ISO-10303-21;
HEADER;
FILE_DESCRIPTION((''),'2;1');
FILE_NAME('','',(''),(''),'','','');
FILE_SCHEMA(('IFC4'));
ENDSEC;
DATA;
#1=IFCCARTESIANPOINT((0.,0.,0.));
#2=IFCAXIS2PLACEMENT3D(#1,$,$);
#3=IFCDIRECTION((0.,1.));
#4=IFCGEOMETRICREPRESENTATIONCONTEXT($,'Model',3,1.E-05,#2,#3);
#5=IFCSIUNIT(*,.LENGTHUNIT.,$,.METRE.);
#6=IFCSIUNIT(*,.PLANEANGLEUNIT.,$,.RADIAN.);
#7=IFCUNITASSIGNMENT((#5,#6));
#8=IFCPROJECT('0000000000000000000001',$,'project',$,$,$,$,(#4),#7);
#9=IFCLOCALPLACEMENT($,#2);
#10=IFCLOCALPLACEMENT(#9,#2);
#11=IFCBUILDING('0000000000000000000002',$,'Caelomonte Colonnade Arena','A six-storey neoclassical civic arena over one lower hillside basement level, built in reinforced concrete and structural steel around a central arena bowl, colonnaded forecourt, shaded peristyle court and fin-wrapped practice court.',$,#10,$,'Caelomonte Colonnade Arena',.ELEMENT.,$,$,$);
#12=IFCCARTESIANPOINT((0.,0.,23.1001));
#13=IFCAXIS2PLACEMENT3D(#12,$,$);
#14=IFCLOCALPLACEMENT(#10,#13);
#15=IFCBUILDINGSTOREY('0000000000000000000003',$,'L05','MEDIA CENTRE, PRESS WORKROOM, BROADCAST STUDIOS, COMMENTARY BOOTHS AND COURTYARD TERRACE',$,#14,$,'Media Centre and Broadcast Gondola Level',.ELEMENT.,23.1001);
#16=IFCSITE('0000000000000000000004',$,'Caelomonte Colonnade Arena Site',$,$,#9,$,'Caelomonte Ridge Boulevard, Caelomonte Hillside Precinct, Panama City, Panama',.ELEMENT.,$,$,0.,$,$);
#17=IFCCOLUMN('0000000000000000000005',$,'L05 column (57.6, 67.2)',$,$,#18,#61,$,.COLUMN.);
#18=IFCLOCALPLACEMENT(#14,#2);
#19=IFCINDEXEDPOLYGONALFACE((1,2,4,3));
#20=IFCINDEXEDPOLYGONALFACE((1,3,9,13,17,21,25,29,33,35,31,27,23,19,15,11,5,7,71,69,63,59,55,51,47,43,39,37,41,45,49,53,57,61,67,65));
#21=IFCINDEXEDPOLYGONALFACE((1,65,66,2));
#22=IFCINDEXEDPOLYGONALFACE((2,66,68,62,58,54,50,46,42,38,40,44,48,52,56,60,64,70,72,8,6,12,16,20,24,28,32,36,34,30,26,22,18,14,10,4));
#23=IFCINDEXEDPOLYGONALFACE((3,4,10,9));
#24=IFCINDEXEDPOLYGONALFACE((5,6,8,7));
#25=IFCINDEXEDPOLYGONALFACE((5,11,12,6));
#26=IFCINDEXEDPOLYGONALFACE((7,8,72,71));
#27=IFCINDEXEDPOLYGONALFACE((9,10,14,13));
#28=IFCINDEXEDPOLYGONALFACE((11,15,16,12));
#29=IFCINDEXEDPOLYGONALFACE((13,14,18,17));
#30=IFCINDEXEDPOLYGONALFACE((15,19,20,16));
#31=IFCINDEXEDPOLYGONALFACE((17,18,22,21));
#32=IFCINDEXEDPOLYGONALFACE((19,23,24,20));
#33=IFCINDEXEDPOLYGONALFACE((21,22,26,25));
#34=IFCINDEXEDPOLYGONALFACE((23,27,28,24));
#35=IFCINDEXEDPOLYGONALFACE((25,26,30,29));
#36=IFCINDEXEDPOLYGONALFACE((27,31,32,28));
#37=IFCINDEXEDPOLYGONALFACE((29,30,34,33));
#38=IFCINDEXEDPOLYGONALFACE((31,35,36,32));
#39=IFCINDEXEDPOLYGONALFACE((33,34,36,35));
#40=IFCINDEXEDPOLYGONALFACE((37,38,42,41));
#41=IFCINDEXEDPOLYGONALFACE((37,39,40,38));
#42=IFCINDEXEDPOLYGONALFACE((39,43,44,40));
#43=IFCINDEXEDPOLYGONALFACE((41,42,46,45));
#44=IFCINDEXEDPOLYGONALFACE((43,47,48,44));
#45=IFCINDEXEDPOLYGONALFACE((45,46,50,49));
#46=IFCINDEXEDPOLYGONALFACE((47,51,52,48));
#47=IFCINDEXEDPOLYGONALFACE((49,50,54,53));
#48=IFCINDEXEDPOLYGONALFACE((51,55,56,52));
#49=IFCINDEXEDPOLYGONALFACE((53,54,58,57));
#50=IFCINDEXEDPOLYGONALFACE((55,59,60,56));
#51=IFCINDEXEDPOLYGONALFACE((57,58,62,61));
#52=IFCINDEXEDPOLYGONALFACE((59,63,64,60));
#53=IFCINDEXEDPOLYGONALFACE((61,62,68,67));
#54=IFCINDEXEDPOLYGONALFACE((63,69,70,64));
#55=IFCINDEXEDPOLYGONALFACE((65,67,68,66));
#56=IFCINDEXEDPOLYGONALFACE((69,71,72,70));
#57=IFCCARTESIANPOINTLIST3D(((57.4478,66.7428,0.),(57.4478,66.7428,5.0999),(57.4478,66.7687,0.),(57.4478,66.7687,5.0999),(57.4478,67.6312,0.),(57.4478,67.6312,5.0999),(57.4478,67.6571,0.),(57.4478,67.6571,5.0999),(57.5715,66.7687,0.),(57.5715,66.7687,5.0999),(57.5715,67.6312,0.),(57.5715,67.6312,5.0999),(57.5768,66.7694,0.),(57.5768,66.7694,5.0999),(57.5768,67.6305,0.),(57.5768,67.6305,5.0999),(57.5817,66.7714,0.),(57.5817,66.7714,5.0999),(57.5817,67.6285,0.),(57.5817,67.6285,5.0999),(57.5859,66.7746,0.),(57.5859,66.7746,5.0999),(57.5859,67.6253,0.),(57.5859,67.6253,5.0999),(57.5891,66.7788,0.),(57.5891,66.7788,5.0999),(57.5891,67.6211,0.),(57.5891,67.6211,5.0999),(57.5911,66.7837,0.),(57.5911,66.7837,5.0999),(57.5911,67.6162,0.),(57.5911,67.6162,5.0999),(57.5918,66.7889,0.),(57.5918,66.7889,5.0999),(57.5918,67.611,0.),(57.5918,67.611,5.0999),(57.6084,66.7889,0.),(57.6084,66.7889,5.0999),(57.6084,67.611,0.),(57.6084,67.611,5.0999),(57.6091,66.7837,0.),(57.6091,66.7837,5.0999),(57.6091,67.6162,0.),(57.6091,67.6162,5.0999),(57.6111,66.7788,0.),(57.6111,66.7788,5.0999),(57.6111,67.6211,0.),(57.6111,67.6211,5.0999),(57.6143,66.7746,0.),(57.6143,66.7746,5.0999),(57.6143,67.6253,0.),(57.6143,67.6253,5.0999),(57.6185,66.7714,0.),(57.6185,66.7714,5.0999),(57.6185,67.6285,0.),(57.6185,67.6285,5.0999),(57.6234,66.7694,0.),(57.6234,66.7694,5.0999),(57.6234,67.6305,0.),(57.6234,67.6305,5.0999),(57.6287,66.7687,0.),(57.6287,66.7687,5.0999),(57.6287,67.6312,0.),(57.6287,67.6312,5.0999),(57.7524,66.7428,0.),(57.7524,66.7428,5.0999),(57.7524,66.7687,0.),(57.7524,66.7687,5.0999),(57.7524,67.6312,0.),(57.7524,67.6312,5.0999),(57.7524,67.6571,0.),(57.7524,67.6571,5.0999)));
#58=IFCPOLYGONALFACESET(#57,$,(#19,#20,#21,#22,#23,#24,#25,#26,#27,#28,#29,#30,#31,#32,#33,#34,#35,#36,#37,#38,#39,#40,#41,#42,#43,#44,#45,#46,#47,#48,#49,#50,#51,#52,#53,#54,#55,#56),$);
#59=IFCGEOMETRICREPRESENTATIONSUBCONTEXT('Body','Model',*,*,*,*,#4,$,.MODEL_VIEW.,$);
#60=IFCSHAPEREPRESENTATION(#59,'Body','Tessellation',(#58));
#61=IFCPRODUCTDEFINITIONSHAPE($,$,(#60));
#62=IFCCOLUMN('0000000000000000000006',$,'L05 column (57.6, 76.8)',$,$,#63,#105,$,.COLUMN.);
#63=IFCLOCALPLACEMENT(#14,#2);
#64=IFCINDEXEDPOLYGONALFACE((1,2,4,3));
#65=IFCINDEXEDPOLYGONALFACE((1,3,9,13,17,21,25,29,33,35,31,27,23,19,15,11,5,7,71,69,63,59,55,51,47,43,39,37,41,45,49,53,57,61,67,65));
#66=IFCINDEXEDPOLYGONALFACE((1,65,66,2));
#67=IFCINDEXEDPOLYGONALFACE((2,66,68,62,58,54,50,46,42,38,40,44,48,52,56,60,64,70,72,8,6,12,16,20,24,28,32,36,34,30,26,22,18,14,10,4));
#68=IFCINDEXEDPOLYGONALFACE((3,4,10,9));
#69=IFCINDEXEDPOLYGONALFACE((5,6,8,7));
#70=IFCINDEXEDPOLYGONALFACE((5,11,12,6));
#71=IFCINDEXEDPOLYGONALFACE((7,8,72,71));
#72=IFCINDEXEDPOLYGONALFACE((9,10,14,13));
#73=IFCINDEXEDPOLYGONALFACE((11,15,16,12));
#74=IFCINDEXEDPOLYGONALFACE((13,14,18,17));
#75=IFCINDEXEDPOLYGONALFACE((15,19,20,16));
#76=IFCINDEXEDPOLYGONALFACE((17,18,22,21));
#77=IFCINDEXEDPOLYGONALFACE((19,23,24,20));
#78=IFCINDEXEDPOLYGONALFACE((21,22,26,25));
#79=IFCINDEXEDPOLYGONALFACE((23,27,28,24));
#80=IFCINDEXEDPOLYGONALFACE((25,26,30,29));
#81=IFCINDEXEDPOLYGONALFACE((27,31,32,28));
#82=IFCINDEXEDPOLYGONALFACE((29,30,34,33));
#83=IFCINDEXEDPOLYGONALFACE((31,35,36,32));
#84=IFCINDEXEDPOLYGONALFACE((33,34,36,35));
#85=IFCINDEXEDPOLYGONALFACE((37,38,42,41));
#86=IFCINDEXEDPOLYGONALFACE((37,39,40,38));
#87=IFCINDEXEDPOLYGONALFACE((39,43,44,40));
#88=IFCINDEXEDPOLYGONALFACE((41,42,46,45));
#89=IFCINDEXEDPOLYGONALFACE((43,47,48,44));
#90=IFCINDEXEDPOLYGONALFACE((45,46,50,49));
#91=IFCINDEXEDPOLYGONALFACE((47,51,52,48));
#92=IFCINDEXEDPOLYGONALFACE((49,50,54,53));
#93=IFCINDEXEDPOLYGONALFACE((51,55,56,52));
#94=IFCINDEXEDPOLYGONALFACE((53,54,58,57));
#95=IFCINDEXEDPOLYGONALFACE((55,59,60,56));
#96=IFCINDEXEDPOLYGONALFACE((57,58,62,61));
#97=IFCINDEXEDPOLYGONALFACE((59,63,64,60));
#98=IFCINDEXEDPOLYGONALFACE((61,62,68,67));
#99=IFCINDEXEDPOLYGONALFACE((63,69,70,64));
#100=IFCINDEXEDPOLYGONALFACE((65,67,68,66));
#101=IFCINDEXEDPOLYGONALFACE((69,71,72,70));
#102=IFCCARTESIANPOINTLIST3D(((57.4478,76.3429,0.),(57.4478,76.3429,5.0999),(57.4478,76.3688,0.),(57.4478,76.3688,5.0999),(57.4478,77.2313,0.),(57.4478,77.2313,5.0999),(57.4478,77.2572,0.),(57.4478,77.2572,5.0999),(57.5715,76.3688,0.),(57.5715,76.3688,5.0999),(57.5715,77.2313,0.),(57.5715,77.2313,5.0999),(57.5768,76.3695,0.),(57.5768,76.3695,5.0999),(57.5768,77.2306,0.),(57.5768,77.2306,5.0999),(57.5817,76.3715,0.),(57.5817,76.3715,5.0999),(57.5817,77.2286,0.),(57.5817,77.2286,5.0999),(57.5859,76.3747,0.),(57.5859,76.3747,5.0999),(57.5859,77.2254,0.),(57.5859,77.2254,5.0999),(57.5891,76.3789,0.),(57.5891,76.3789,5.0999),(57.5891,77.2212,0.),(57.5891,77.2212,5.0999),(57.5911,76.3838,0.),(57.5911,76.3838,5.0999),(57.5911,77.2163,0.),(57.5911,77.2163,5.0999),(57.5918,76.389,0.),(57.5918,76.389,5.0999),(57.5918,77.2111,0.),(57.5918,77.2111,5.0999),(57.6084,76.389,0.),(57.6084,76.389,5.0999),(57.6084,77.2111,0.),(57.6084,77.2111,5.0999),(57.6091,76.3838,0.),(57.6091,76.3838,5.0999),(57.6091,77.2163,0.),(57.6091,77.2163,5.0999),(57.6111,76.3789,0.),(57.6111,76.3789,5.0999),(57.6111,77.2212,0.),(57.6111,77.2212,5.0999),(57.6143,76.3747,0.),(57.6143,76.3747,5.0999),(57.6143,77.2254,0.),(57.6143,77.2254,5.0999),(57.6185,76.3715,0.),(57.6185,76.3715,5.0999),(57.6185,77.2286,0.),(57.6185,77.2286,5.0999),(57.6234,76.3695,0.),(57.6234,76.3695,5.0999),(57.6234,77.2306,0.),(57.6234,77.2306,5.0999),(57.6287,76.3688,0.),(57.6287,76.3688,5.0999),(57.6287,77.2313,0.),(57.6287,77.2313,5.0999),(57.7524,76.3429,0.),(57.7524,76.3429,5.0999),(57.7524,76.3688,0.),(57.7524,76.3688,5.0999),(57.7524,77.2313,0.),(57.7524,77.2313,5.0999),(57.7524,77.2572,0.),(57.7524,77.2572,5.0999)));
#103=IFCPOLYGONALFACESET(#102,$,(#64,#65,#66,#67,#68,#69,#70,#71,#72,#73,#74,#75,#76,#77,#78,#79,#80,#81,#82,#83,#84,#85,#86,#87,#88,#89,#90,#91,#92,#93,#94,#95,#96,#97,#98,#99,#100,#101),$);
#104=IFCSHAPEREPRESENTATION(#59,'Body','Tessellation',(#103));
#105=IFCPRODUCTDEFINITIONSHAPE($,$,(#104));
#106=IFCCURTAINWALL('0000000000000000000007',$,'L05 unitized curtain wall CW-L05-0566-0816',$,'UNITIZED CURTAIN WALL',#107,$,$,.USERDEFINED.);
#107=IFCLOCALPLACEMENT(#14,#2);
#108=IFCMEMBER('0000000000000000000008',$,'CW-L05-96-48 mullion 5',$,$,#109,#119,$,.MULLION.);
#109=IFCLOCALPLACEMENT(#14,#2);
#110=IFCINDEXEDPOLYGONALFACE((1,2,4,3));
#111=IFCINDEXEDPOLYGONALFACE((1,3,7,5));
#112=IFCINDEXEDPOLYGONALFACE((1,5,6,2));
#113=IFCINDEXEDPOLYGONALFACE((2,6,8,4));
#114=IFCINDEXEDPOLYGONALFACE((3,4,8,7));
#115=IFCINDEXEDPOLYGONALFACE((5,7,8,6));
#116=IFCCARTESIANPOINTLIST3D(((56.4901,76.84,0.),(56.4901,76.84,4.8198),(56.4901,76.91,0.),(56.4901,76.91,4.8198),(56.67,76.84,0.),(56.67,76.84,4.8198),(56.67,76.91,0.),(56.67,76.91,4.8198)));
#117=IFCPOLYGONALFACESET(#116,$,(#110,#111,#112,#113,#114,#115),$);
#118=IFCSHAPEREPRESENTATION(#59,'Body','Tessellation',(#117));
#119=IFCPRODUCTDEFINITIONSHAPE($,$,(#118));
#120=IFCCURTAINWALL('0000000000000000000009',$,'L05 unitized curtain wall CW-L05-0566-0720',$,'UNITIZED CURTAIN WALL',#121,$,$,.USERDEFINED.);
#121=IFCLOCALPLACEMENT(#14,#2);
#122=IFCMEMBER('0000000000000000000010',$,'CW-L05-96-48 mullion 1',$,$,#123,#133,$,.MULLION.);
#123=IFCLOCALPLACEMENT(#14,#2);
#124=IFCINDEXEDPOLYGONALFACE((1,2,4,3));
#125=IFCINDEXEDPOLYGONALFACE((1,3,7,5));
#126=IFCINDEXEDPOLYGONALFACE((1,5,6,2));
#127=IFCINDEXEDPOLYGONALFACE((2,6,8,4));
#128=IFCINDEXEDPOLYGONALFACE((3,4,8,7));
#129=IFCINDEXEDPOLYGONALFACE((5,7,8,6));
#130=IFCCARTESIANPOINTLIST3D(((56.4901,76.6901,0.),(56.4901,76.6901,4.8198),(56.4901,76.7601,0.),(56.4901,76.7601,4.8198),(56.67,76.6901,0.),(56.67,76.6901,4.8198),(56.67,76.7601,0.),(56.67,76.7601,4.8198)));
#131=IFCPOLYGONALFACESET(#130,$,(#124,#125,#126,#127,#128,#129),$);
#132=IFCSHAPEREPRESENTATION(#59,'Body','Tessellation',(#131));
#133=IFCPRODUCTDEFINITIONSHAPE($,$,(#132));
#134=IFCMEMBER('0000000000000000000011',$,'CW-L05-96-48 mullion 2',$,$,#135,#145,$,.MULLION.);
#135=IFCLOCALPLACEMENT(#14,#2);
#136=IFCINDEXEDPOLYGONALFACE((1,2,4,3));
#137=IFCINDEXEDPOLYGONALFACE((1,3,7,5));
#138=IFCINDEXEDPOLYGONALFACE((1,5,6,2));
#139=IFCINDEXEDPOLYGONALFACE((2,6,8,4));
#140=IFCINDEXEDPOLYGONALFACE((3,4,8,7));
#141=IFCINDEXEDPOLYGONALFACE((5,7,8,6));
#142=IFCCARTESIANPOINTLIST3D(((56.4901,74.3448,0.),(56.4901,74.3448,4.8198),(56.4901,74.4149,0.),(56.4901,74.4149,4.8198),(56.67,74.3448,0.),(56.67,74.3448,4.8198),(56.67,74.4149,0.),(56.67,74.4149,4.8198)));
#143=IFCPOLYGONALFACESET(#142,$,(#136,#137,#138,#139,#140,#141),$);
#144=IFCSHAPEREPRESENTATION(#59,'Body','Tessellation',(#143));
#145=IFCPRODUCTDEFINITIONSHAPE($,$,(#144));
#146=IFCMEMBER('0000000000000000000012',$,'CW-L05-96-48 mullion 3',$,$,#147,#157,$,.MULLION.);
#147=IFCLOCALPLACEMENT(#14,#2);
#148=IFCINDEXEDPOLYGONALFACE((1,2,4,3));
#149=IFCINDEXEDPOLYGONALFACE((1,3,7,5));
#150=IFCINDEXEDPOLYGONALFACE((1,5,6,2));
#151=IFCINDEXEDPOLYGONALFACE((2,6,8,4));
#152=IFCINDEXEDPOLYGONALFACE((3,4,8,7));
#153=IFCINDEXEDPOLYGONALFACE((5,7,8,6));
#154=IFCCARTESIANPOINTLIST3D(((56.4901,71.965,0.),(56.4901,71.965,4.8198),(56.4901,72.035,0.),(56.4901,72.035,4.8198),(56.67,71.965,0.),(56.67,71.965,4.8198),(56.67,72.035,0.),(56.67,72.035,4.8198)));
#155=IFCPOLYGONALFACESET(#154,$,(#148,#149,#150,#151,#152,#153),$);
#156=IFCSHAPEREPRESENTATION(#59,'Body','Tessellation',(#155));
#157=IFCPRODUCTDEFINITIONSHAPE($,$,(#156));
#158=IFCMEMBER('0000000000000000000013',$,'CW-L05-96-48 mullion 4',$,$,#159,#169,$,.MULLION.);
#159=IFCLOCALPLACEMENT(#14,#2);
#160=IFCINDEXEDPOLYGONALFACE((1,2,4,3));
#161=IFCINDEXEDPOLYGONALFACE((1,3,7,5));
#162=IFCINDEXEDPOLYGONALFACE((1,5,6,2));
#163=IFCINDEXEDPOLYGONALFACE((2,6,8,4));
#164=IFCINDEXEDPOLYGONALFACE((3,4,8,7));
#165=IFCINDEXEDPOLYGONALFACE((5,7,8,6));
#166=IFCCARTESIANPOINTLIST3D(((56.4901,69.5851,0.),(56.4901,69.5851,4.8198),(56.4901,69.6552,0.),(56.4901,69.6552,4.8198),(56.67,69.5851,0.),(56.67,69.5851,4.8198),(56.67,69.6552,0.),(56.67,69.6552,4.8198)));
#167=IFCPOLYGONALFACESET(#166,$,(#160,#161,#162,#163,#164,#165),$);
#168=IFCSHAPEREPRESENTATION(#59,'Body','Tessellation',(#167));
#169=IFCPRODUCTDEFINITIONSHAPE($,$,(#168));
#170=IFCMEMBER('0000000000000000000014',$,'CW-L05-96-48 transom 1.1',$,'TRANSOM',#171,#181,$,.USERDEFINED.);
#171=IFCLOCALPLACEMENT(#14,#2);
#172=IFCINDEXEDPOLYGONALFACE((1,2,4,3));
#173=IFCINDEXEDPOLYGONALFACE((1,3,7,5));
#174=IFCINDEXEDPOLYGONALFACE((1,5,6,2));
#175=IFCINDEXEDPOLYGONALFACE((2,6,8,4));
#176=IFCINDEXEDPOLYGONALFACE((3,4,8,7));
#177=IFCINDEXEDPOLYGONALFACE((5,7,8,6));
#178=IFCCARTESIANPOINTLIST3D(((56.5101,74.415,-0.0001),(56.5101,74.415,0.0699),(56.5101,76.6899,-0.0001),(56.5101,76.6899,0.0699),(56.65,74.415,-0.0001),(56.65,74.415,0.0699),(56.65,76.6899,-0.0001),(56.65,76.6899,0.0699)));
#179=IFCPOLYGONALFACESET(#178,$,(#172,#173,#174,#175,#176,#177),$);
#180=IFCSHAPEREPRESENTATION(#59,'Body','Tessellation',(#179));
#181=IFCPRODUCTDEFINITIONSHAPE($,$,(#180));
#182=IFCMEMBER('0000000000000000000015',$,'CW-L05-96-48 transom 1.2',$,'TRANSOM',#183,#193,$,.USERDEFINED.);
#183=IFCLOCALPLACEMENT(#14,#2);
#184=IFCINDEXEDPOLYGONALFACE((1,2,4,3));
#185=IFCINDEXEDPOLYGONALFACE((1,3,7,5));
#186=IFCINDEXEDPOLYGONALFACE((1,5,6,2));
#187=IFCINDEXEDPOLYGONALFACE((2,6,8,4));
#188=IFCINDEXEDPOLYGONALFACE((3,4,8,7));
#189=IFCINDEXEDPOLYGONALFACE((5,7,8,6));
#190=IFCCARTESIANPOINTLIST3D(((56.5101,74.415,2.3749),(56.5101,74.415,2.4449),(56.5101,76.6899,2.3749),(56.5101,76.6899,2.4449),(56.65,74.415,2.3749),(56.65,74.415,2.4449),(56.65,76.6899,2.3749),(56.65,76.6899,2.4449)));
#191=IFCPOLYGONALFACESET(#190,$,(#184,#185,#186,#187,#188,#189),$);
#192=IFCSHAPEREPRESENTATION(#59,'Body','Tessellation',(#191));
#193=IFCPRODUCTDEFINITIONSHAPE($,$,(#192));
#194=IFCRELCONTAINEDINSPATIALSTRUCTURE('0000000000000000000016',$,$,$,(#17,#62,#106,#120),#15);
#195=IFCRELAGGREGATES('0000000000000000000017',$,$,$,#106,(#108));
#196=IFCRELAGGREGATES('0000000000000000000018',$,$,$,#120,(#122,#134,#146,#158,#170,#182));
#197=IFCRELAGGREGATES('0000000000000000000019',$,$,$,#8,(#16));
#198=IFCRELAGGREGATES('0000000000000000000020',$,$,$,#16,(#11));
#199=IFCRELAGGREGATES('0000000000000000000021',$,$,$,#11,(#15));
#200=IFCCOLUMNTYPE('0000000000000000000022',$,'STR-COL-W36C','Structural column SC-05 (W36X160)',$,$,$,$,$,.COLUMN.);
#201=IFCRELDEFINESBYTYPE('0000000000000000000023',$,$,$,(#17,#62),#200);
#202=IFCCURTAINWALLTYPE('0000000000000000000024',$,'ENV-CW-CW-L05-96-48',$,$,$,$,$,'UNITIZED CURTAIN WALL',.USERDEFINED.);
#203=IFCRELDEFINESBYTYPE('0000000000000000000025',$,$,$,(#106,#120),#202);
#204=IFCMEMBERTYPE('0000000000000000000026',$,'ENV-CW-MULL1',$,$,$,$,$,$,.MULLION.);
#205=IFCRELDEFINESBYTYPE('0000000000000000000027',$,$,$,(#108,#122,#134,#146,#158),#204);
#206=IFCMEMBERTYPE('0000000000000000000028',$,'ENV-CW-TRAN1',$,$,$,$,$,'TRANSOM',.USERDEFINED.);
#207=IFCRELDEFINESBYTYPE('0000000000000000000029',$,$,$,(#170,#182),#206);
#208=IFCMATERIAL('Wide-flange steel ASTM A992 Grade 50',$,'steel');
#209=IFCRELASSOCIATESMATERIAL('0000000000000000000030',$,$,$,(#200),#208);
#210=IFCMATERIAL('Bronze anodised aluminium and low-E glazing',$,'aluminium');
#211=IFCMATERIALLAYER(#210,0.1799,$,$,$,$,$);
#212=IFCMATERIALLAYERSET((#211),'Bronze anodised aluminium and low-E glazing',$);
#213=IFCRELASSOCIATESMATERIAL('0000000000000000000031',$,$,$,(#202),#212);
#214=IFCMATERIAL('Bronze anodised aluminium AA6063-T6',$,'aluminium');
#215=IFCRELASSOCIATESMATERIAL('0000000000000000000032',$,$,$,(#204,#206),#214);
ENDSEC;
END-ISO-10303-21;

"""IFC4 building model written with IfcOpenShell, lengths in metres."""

from ifc_helpers import new_model, si_unit, direction, frame, origin, origin_2d, place, context, subcontext, project, spatial, rectangle, i_section, extrude, material, layer, layer_set, material_profile, profile_set, type_object, element, aggregate, save


model = new_model("IFC4")

# Units and contexts
model_context = context("Model", 3, precision=1e-05, world=origin(), true_north=direction((0.0, 1.0)))
body_context = subcontext(model_context, "Body", "Model", "MODEL_VIEW")
ifc_project = project(units=[si_unit("LENGTHUNIT", "METRE"), si_unit("PLANEANGLEUNIT", "RADIAN")], contexts=[model_context])

# Site, building, storey
site_placement = place(None, origin())
site = spatial("IfcSite", under=ifc_project, at=site_placement, Name="Caelomonte Colonnade Arena Site", LongName="Caelomonte Ridge Boulevard, Caelomonte Hillside Precinct, Panama City, Panama", CompositionType="ELEMENT", RefElevation=0.0)
building_placement = place(site_placement, origin())
building = spatial("IfcBuilding", under=site, at=building_placement, Name="Caelomonte Colonnade Arena", Description="A six-storey neoclassical civic arena over one lower hillside basement level, built in reinforced concrete and structural steel around a central arena bowl, colonnaded forecourt, shaded peristyle court and fin-wrapped practice court.", LongName="Caelomonte Colonnade Arena", CompositionType="ELEMENT")
storey_placement = place(building_placement, frame((0.0, 0.0, 23.1001)))
storey = spatial("IfcBuildingStorey", under=building, at=storey_placement, Name="L05", Description="MEDIA CENTRE, PRESS WORKROOM, BROADCAST STUDIOS, COMMENTARY BOOTHS AND COURTYARD TERRACE", LongName="Media Centre and Broadcast Gondola Level", CompositionType="ELEMENT", Elevation=23.1001)

# Columns
ifc_material_1 = material(Name="Wide-flange steel ASTM A992 Grade 50", Category="steel")
ifc_material_profile_1 = material_profile(ifc_material_1, i_section(OverallWidth=0.3047, OverallDepth=0.9143, WebThickness=0.0166, FlangeThickness=0.0259, FilletRadius=0.0203, at=origin_2d()), Name="W36X160")
ifc_profile_set_1 = profile_set([ifc_material_profile_1], Name="Wide-flange steel ASTM A992 Grade 50")
column_type = type_object("IfcColumnType", Name="STR-COL-W36C", Description="Structural column SC-05 (W36X160)", PredefinedType="COLUMN", material=ifc_profile_set_1)
for number, where, z_axis, x_axis, name in (
    (1, (57.6001, 67.2, 0.0), (0.0, 0.0, 1.0), (1.0, 0.0, 0.0), "L05 column (57.6, 67.2)"),
    (2, (57.6001, 76.8, 0.0), (0.0, 0.0, 1.0), (1.0, 0.0, 0.0), "L05 column (57.6, 76.8)"),
):
    element("IfcColumn", number, at=place(storey_placement, frame(where, z_axis=z_axis, x_axis=x_axis)), inside=storey, type_object=column_type, Name=name, PredefinedType="COLUMN", context=body_context, shape_type="SweptSolid", body=[
        extrude(i_section(OverallWidth=0.3047, OverallDepth=0.9143, WebThickness=0.0166, FlangeThickness=0.0259, FilletRadius=0.0203, at=origin_2d()), origin(), (0.0, 0.0, 1.0), 5.0999),
    ])

# Curtain wall, member
ifc_material_2 = material(Name="Bronze anodised aluminium and low-E glazing", Category="aluminium")
ifc_layer_1 = layer(ifc_material_2, 0.1799)
ifc_layer_set_1 = layer_set([ifc_layer_1], Name="Bronze anodised aluminium and low-E glazing")
curtain_wall_type = type_object("IfcCurtainWallType", Name="ENV-CW-CW-L05-96-48", ElementType="UNITIZED CURTAIN WALL", PredefinedType="USERDEFINED", material=ifc_layer_set_1)
curtain_wall_1_placement = place(storey_placement, origin())
curtain_wall_1 = element("IfcCurtainWall", 3, at=curtain_wall_1_placement, inside=storey, type_object=curtain_wall_type, Name="L05 unitized curtain wall CW-L05-0566-0816", ObjectType="UNITIZED CURTAIN WALL", PredefinedType="USERDEFINED")
ifc_material_3 = material(Name="Bronze anodised aluminium AA6063-T6", Category="aluminium")
ifc_material_profile_2 = material_profile(ifc_material_3, rectangle(XDim=0.0701, YDim=0.1799, at=origin_2d()), Name="CWM-70X180")
ifc_profile_set_2 = profile_set([ifc_material_profile_2], Name="Bronze anodised aluminium AA6063-T6")
member_type_1 = type_object("IfcMemberType", Name="ENV-CW-MULL1", PredefinedType="MULLION", material=ifc_profile_set_2)
member_1_placement = place(storey_placement, frame((56.5801, 76.875, 0.0), z_axis=(0.0, 0.0, 1.0), x_axis=(0.0, -1.0, 0.0)))
member_1 = element("IfcMember", 4, at=member_1_placement, type_object=member_type_1, Name="CW-L05-96-48 mullion 5", PredefinedType="MULLION", context=body_context, shape_type="SweptSolid", body=[
    extrude(rectangle(XDim=0.0701, YDim=0.1799, at=origin_2d()), origin(), (0.0, 0.0, 1.0), 4.8198),
])
aggregate(curtain_wall_1, [member_1])

# Curtain wall, members
curtain_wall_2_placement = place(storey_placement, origin())
curtain_wall_2 = element("IfcCurtainWall", 5, at=curtain_wall_2_placement, inside=storey, type_object=curtain_wall_type, Name="L05 unitized curtain wall CW-L05-0566-0720", ObjectType="UNITIZED CURTAIN WALL", PredefinedType="USERDEFINED")
member_2_placement = place(storey_placement, frame((56.5801, 76.7251, 0.0), z_axis=(0.0, 0.0, 1.0), x_axis=(0.0, -1.0, 0.0)))
member_2 = element("IfcMember", 6, at=member_2_placement, type_object=member_type_1, Name="CW-L05-96-48 mullion 1", PredefinedType="MULLION", context=body_context, shape_type="SweptSolid", body=[
    extrude(rectangle(XDim=0.0701, YDim=0.1799, at=origin_2d()), origin(), (0.0, 0.0, 1.0), 4.8198),
])
member_3_placement = place(storey_placement, frame((56.5801, 74.3799, 0.0), z_axis=(0.0, 0.0, 1.0), x_axis=(0.0, -1.0, 0.0)))
member_3 = element("IfcMember", 7, at=member_3_placement, type_object=member_type_1, Name="CW-L05-96-48 mullion 2", PredefinedType="MULLION", context=body_context, shape_type="SweptSolid", body=[
    extrude(rectangle(XDim=0.0701, YDim=0.1799, at=origin_2d()), origin(), (0.0, 0.0, 1.0), 4.8198),
])
member_4_placement = place(storey_placement, frame((56.5801, 72.0, 0.0), z_axis=(0.0, 0.0, 1.0), x_axis=(0.0, -1.0, 0.0)))
member_4 = element("IfcMember", 8, at=member_4_placement, type_object=member_type_1, Name="CW-L05-96-48 mullion 3", PredefinedType="MULLION", context=body_context, shape_type="SweptSolid", body=[
    extrude(rectangle(XDim=0.0701, YDim=0.1799, at=origin_2d()), origin(), (0.0, 0.0, 1.0), 4.8198),
])
member_5_placement = place(storey_placement, frame((56.5801, 69.6201, 0.0), z_axis=(0.0, 0.0, 1.0), x_axis=(0.0, -1.0, 0.0)))
member_5 = element("IfcMember", 9, at=member_5_placement, type_object=member_type_1, Name="CW-L05-96-48 mullion 4", PredefinedType="MULLION", context=body_context, shape_type="SweptSolid", body=[
    extrude(rectangle(XDim=0.0701, YDim=0.1799, at=origin_2d()), origin(), (0.0, 0.0, 1.0), 4.8198),
])
ifc_material_profile_3 = material_profile(ifc_material_3, rectangle(XDim=0.0701, YDim=0.1399, at=origin_2d()), Name="CWT-70X140")
ifc_profile_set_3 = profile_set([ifc_material_profile_3], Name="Bronze anodised aluminium AA6063-T6")
member_type_2 = type_object("IfcMemberType", Name="ENV-CW-TRAN1", ElementType="TRANSOM", PredefinedType="USERDEFINED", material=ifc_profile_set_3)
member_6_placement = place(storey_placement, frame((56.5801, 76.6899, 0.0349), z_axis=(0.0, -1.0, 0.0), x_axis=(0.0, 0.0, 1.0)))
member_6 = element("IfcMember", 10, at=member_6_placement, type_object=member_type_2, Name="CW-L05-96-48 transom 1.1", ObjectType="TRANSOM", PredefinedType="USERDEFINED", context=body_context, shape_type="SweptSolid", body=[
    extrude(rectangle(XDim=0.0701, YDim=0.1399, at=origin_2d()), origin(), (0.0, 0.0, 1.0), 2.2749),
])
member_7_placement = place(storey_placement, frame((56.5801, 76.6899, 2.4099), z_axis=(0.0, -1.0, 0.0), x_axis=(0.0, 0.0, 1.0)))
member_7 = element("IfcMember", 11, at=member_7_placement, type_object=member_type_2, Name="CW-L05-96-48 transom 1.2", ObjectType="TRANSOM", PredefinedType="USERDEFINED", context=body_context, shape_type="SweptSolid", body=[
    extrude(rectangle(XDim=0.0701, YDim=0.1399, at=origin_2d()), origin(), (0.0, 0.0, 1.0), 2.2749),
])

aggregate(curtain_wall_2, [member_2, member_3, member_4, member_5, member_6, member_7])

save(model, "model.ifc")
